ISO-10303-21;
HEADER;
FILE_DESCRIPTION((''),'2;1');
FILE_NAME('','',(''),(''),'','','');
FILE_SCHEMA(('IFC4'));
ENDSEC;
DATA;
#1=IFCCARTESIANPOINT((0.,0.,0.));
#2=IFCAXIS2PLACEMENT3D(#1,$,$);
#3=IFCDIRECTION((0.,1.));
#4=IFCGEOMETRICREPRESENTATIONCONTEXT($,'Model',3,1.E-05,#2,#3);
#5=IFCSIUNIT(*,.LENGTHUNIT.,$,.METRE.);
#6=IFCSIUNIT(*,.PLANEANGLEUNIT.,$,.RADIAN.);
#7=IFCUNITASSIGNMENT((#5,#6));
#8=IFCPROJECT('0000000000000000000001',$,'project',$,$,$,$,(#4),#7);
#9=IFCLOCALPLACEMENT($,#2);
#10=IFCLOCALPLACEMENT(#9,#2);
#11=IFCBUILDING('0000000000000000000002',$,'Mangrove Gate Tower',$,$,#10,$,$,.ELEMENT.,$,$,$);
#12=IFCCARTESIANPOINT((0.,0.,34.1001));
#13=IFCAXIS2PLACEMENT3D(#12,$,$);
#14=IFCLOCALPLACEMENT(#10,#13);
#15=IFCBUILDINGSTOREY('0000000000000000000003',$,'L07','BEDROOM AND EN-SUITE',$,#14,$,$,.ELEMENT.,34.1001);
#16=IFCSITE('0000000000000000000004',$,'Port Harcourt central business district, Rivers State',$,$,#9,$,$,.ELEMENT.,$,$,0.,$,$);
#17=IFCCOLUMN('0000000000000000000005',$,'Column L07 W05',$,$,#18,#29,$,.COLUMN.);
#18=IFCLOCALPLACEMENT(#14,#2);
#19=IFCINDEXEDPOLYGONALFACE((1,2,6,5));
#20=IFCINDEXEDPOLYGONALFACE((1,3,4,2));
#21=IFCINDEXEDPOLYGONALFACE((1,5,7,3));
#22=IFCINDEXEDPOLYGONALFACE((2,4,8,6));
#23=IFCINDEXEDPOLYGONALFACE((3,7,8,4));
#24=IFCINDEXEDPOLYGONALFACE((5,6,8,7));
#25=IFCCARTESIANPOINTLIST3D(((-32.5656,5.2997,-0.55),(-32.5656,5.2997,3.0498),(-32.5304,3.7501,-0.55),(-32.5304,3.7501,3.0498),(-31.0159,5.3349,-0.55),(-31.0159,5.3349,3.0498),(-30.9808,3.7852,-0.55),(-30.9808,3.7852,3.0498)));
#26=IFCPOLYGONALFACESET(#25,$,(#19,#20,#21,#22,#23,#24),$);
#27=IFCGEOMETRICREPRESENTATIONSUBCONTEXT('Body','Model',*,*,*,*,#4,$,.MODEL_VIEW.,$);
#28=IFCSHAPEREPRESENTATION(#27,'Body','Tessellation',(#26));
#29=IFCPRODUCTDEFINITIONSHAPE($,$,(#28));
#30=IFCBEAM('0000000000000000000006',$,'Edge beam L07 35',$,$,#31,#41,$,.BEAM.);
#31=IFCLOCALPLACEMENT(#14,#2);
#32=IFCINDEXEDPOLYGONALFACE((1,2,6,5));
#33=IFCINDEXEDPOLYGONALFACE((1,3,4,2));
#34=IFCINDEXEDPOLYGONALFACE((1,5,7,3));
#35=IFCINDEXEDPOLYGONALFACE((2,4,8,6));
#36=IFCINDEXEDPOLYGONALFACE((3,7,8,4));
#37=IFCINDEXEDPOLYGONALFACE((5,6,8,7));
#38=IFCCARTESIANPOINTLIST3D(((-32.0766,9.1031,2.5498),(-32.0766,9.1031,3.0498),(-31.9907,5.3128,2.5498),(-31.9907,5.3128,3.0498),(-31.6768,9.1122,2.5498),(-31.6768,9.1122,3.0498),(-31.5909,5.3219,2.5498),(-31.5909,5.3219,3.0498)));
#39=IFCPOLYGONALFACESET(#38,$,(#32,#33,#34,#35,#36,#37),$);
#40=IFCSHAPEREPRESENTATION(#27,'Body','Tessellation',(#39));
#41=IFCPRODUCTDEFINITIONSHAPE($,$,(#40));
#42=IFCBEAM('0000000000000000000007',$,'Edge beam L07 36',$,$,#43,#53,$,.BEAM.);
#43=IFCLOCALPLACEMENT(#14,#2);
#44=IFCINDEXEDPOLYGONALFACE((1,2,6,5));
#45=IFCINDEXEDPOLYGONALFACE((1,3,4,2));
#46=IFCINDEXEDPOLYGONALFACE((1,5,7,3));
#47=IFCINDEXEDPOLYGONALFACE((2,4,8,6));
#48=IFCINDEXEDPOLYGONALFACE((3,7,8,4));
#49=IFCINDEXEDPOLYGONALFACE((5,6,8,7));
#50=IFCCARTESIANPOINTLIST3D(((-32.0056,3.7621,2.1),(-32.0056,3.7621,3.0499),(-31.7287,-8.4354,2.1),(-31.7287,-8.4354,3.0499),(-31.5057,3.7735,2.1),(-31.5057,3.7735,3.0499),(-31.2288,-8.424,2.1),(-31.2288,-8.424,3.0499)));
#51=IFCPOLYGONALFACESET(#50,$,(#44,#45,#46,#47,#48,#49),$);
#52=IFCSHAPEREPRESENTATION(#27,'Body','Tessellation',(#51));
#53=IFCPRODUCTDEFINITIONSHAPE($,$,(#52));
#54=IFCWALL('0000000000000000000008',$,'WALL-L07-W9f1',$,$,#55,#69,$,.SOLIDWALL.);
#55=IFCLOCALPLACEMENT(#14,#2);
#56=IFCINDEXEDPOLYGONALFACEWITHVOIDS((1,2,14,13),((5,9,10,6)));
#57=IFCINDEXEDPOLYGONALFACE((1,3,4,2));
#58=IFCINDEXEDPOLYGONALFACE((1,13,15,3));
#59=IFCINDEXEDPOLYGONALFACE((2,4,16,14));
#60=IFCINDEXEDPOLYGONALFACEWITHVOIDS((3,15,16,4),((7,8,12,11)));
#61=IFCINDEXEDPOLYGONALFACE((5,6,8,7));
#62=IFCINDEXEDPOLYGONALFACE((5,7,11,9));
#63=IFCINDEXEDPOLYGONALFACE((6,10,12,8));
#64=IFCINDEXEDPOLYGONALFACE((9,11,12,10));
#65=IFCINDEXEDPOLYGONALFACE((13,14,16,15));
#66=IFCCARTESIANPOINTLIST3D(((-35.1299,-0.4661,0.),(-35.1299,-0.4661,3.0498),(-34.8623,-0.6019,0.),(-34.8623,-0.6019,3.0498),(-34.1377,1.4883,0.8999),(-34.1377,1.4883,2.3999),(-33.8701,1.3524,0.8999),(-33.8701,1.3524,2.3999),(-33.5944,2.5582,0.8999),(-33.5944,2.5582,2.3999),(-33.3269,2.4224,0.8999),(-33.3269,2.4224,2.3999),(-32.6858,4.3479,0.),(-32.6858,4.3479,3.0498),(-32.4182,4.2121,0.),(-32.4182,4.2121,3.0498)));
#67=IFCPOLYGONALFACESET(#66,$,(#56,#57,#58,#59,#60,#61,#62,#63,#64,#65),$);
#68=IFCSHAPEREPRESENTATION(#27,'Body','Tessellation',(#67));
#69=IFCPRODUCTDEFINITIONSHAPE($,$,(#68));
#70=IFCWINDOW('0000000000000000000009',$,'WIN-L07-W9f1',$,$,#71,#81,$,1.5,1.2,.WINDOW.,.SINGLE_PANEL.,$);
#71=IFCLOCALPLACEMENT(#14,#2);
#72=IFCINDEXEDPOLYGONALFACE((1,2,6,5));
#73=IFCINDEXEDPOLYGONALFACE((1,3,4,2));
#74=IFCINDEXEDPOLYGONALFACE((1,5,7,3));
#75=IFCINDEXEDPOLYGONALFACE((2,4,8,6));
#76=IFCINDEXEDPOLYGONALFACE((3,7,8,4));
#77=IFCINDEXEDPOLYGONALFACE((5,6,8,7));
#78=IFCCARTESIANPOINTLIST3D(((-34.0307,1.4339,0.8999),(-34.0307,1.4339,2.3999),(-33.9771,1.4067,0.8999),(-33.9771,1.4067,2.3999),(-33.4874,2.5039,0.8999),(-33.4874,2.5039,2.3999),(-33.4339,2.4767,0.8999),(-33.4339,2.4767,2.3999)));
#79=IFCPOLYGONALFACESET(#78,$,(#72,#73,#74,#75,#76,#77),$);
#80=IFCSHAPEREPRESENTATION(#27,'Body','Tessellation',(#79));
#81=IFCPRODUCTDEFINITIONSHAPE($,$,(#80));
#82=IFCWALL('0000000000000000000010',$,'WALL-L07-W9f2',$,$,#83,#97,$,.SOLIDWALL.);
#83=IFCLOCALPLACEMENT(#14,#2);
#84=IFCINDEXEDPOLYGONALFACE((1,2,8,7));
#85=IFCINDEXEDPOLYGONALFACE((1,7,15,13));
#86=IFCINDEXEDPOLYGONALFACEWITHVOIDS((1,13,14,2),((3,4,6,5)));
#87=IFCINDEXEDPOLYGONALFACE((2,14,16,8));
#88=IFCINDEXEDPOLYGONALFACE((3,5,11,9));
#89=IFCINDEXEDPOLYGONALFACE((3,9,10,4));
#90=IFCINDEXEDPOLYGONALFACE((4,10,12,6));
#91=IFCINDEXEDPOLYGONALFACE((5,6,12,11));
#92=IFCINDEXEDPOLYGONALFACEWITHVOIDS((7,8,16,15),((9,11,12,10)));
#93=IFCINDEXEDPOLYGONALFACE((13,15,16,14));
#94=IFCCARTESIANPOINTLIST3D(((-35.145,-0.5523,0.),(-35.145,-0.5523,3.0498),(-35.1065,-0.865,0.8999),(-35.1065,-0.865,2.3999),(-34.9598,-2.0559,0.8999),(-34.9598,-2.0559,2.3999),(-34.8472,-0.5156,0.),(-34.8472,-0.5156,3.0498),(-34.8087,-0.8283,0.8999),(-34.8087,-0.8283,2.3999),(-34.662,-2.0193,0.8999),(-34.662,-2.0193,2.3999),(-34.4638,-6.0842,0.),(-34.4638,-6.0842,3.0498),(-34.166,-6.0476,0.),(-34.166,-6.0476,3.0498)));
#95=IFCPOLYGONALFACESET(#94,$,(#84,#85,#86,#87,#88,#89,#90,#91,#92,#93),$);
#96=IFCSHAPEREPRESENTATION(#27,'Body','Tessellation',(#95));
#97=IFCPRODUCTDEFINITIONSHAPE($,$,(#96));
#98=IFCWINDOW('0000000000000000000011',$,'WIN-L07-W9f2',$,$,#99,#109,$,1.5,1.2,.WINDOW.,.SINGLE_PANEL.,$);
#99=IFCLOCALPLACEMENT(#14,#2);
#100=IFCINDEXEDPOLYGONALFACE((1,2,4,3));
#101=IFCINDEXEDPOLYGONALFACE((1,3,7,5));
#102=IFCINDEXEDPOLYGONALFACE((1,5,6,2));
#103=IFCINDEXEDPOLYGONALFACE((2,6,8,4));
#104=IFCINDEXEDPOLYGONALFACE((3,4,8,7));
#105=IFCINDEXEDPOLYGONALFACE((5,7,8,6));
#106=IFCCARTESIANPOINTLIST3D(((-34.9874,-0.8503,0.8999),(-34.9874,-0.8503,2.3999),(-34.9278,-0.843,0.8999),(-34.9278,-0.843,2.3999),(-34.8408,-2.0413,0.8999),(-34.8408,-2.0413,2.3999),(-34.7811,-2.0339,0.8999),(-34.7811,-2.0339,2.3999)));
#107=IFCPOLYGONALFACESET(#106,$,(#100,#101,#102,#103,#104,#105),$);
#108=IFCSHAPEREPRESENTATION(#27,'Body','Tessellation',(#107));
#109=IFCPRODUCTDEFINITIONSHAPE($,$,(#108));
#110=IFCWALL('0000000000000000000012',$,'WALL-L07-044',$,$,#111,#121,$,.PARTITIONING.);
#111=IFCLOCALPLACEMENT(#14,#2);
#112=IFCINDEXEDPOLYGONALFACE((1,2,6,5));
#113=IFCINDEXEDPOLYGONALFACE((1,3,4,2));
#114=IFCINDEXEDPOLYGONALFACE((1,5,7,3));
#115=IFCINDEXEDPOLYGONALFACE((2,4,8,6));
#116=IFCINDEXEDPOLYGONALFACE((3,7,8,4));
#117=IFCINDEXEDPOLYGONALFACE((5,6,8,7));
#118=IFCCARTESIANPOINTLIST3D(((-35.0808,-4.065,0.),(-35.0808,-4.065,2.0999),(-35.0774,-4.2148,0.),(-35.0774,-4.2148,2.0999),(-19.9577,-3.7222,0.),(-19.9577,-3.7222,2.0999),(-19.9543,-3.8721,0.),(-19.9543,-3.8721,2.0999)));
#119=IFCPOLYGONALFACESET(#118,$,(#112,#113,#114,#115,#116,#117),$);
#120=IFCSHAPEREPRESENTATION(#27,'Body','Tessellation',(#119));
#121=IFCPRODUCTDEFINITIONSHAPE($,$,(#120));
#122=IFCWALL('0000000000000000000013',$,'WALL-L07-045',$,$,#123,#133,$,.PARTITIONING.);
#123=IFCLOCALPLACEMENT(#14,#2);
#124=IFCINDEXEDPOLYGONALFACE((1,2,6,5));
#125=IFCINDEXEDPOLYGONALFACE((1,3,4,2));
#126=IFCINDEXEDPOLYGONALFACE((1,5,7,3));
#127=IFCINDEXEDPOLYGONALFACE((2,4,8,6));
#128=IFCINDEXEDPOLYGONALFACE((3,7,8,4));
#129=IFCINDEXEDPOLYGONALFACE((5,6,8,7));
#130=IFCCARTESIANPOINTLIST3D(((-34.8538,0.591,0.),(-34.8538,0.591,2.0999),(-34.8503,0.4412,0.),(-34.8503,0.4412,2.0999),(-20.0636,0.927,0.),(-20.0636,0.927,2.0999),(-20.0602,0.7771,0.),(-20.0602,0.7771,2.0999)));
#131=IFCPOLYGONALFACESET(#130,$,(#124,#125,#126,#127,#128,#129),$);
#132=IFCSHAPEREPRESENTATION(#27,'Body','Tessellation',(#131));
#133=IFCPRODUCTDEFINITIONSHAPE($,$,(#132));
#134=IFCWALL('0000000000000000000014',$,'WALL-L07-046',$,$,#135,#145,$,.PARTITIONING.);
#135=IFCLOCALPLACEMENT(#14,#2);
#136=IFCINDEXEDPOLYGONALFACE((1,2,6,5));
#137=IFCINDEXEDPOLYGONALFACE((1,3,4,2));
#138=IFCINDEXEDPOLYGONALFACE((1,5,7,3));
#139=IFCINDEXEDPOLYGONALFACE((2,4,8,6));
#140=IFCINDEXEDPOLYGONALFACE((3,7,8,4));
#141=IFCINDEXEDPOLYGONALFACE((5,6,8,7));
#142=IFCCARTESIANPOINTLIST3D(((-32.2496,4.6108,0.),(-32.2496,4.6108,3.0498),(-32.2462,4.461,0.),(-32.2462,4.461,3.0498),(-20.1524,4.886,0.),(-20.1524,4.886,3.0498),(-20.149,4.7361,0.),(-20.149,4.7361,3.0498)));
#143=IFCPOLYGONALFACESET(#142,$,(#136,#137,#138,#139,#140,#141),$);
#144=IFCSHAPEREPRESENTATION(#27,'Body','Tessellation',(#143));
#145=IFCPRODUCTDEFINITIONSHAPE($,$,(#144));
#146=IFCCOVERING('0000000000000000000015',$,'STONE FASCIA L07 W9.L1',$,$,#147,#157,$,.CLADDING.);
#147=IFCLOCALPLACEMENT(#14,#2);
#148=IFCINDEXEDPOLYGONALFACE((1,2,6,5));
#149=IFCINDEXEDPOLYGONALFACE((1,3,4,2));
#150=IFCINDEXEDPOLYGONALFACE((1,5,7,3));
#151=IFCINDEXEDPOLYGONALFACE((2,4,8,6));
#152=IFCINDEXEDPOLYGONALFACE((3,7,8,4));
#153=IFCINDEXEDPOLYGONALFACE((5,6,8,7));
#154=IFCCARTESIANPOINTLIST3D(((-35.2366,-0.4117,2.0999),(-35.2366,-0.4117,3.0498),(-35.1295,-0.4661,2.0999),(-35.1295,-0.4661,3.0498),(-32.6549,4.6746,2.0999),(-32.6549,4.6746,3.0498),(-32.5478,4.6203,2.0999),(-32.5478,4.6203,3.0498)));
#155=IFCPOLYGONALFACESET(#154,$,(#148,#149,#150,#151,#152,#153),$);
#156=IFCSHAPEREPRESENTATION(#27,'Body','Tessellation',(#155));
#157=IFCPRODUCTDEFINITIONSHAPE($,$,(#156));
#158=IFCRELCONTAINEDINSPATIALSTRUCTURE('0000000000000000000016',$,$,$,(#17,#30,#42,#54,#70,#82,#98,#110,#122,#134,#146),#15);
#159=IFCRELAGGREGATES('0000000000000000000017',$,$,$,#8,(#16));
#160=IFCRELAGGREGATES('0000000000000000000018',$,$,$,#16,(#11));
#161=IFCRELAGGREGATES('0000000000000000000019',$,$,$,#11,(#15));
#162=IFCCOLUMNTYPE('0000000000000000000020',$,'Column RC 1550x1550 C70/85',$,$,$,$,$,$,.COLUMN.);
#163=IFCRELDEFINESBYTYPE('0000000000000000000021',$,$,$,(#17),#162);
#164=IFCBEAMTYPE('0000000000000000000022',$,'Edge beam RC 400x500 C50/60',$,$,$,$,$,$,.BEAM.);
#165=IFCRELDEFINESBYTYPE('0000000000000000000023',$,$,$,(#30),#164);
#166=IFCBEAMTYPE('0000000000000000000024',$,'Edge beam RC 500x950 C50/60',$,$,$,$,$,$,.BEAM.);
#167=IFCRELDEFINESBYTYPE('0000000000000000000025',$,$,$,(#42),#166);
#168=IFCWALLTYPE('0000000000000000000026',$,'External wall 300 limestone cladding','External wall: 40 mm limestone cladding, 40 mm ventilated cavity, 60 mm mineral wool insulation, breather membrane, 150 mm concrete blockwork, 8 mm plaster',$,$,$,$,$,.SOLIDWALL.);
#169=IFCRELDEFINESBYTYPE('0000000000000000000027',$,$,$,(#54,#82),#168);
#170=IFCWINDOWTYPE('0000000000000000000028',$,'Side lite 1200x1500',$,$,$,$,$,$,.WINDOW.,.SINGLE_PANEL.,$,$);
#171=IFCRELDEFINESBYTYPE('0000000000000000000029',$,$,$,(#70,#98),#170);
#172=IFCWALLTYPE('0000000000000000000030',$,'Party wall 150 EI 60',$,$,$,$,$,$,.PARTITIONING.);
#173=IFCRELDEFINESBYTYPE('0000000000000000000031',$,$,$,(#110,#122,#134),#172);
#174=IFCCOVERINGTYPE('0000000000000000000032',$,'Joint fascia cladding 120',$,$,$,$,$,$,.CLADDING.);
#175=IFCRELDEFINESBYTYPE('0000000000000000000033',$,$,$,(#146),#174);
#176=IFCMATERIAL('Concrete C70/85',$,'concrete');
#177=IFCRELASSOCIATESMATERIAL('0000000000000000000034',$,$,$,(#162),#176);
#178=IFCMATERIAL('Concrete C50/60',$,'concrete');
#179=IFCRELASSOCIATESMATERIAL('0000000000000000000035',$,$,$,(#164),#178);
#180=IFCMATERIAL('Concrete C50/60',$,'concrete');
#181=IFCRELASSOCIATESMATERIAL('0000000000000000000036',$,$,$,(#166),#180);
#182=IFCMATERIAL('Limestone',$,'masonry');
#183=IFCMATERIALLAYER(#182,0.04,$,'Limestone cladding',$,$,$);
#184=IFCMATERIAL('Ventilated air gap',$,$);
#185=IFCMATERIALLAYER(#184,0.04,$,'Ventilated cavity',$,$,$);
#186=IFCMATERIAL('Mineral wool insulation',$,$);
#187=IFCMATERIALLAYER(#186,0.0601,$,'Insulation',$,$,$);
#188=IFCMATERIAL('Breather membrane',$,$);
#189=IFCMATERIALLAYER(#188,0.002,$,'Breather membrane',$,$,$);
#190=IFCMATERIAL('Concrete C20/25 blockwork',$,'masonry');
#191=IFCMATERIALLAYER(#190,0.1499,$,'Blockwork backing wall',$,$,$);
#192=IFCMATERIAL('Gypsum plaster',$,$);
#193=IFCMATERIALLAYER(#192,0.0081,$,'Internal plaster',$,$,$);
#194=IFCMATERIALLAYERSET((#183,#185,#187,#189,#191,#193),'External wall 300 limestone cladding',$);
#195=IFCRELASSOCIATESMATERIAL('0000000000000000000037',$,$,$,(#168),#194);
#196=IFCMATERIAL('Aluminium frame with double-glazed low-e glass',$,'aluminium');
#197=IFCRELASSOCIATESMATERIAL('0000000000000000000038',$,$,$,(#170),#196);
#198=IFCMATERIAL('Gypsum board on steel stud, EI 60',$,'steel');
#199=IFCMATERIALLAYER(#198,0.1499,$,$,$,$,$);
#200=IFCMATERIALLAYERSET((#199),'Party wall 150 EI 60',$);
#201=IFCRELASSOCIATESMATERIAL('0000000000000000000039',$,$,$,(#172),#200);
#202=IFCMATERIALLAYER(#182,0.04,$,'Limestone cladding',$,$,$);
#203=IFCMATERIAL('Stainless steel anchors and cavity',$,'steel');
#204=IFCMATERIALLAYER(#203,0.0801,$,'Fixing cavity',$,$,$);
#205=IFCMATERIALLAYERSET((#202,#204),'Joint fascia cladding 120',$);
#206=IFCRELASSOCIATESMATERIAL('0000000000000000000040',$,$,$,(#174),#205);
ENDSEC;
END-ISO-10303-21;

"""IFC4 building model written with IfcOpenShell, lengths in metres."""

from ifc_helpers import new_model, si_unit, direction, frame, frame_2d, origin, origin_2d, place, context, subcontext, project, spatial, rectangle, extrude, material, layer, layer_set, material_profile, profile_set, type_object, element, fill, save


model = new_model("IFC4")

# Units and contexts
model_context = context("Model", 3, precision=1e-05, world=origin(), true_north=direction((0.0, 1.0)))
body_context = subcontext(model_context, "Body", "Model", "MODEL_VIEW")
ifc_project = project(units=[si_unit("LENGTHUNIT", "METRE"), si_unit("PLANEANGLEUNIT", "RADIAN")], contexts=[model_context])

# Site, building, storey
site_placement = place(None, origin())
site = spatial("IfcSite", under=ifc_project, at=site_placement, Name="Port Harcourt central business district, Rivers State", CompositionType="ELEMENT", RefElevation=0.0)
building_placement = place(site_placement, origin())
building = spatial("IfcBuilding", under=site, at=building_placement, Name="Mangrove Gate Tower", CompositionType="ELEMENT")
storey_placement = place(building_placement, frame((0.0, 0.0, 34.1001)))
storey = spatial("IfcBuildingStorey", under=building, at=storey_placement, Name="L07", Description="BEDROOM AND EN-SUITE", CompositionType="ELEMENT", Elevation=34.1001)

# Column
ifc_material_1 = material(Name="Concrete C70/85", Category="concrete")
ifc_material_profile_1 = material_profile(ifc_material_1, rectangle(XDim=1.55, YDim=1.55, at=origin_2d()))
ifc_profile_set_1 = profile_set([ifc_material_profile_1], Name="Concrete C70/85")
column_type = type_object("IfcColumnType", Name="Column RC 1550x1550 C70/85", PredefinedType="COLUMN", material=ifc_profile_set_1)
column_placement = place(storey_placement, frame((-31.7732, 4.5425, -0.55), z_axis=(0.0, 0.0, 1.0), x_axis=(0.02268, -0.999743, 0.0)))
element("IfcColumn", 1, at=column_placement, inside=storey, type_object=column_type, Name="Column L07 W05", PredefinedType="COLUMN", context=body_context, shape_type="SweptSolid", body=[
    extrude(rectangle(XDim=1.55, YDim=1.55, at=origin_2d()), origin(), (0.0, 0.0, 1.0), 3.5999),
])

# Beams
ifc_material_2 = material(Name="Concrete C50/60", Category="concrete")
ifc_material_profile_2 = material_profile(ifc_material_2, rectangle(XDim=0.3999, YDim=0.5, at=origin_2d()))
ifc_profile_set_2 = profile_set([ifc_material_profile_2], Name="Concrete C50/60")
beam_type_1 = type_object("IfcBeamType", Name="Edge beam RC 400x500 C50/60", PredefinedType="BEAM", material=ifc_profile_set_2)
beam_1_placement = place(storey_placement, frame((-31.8767, 9.1077, 2.7998), z_axis=(0.022667, -0.999743, 0.0), x_axis=(0.999743, 0.022667, 0.0)))
element("IfcBeam", 2, at=beam_1_placement, inside=storey, type_object=beam_type_1, Name="Edge beam L07 35", PredefinedType="BEAM", context=body_context, shape_type="SweptSolid", body=[
    extrude(rectangle(XDim=0.3999, YDim=0.5, at=origin_2d()), origin(), (0.0, 0.0, 1.0), 3.7913),
])
ifc_material_3 = material(Name="Concrete C50/60", Category="concrete")
ifc_material_profile_3 = material_profile(ifc_material_3, rectangle(XDim=0.5, YDim=0.95, at=origin_2d()))
ifc_profile_set_3 = profile_set([ifc_material_profile_3], Name="Concrete C50/60")
beam_type_2 = type_object("IfcBeamType", Name="Edge beam RC 500x950 C50/60", PredefinedType="BEAM", material=ifc_profile_set_3)
beam_2_placement = place(storey_placement, frame((-31.7556, 3.7678, 2.575), z_axis=(0.022692, -0.999743, 0.0), x_axis=(0.999743, 0.022692, 0.0)))
element("IfcBeam", 3, at=beam_2_placement, inside=storey, type_object=beam_type_2, Name="Edge beam L07 36", PredefinedType="BEAM", context=body_context, shape_type="SweptSolid", body=[
    extrude(rectangle(XDim=0.5, YDim=0.95, at=origin_2d()), origin(), (0.0, 0.0, 1.0), 12.2007),
])

# Walls, openings, windows
ifc_material_4 = material(Name="Limestone", Category="masonry")
ifc_layer_1 = layer(ifc_material_4, 0.04, Name="Limestone cladding")
ifc_material_5 = material(Name="Ventilated air gap")
ifc_layer_2 = layer(ifc_material_5, 0.04, Name="Ventilated cavity")
ifc_material_6 = material(Name="Mineral wool insulation")
ifc_layer_3 = layer(ifc_material_6, 0.0601, Name="Insulation")
ifc_material_7 = material(Name="Breather membrane")
ifc_layer_4 = layer(ifc_material_7, 0.002, Name="Breather membrane")
ifc_material_8 = material(Name="Concrete C20/25 blockwork", Category="masonry")
ifc_layer_5 = layer(ifc_material_8, 0.1499, Name="Blockwork backing wall")
ifc_material_9 = material(Name="Gypsum plaster")
ifc_layer_6 = layer(ifc_material_9, 0.0081, Name="Internal plaster")
ifc_layer_set_1 = layer_set([ifc_layer_1, ifc_layer_2, ifc_layer_3, ifc_layer_4, ifc_layer_5, ifc_layer_6], Name="External wall 300 limestone cladding")
wall_type_1 = type_object("IfcWallType", Name="External wall 300 limestone cladding", Description="External wall: 40 mm limestone cladding, 40 mm ventilated cavity, 60 mm mineral wool insulation, breather membrane, 150 mm concrete blockwork, 8 mm plaster", PredefinedType="SOLIDWALL", material=ifc_layer_set_1)
wall_1_placement = place(storey_placement, frame((-32.552, 4.28, 0.0), z_axis=(0.0, 0.0, 1.0), x_axis=(-0.452704, -0.891661, 0.0)))
wall_1 = element("IfcWall", 4, at=wall_1_placement, inside=storey, type_object=wall_type_1, Name="WALL-L07-W9f1", PredefinedType="SOLIDWALL", context=body_context, shape_type="SweptSolid", body=[
    extrude(rectangle(XDim=5.3989, YDim=0.3, at=frame_2d((2.6995, 0.0))), origin(), (0.0, 0.0, 1.0), 3.0498),
])
opening_1_placement = place(wall_1_placement, frame((2.0071, 0.0, 0.8999)))
opening_1 = element("IfcOpeningElement", 5, at=opening_1_placement, cuts=wall_1, PredefinedType="OPENING", context=body_context, shape_type="SweptSolid", body=[
    extrude(rectangle(XDim=1.2, YDim=1.5, at=frame_2d((0.6001, 0.75))), frame((0.0, 0.1599, 0.0), z_axis=(0.0, -1.0, 0.0), x_axis=(1.0, 0.0, 0.0)), (0.0, 0.0, 1.0), 0.3201),
])
ifc_material_10 = material(Name="Aluminium frame with double-glazed low-e glass", Category="aluminium")
window_type = type_object("IfcWindowType", Name="Side lite 1200x1500", PartitioningType="SINGLE_PANEL", PredefinedType="WINDOW", material=ifc_material_10)
window_1_placement = place(opening_1_placement, origin())
window_1 = element("IfcWindow", 6, at=window_1_placement, inside=storey, type_object=window_type, Name="WIN-L07-W9f1", OverallHeight=1.5, OverallWidth=1.2, PartitioningType="SINGLE_PANEL", PredefinedType="WINDOW", context=body_context, shape_type="SweptSolid", body=[
    extrude(rectangle(XDim=1.2, YDim=1.5, at=frame_2d((0.6001, 0.75))), frame((0.0, 0.03, 0.0), z_axis=(0.0, -1.0, 0.0), x_axis=(1.0, 0.0, 0.0)), (0.0, 0.0, 1.0), 0.0601),
])
fill(opening_1, window_1)
wall_2_placement = place(storey_placement, frame((-34.9961, -0.5339, 0.0), z_axis=(0.0, 0.0, 1.0), x_axis=(0.122207, -0.992505, 0.0)))
wall_2 = element("IfcWall", 7, at=wall_2_placement, inside=storey, type_object=wall_type_1, Name="WALL-L07-W9f2", PredefinedType="SOLIDWALL", context=body_context, shape_type="SweptSolid", body=[
    extrude(rectangle(XDim=5.5737, YDim=0.3, at=frame_2d((2.7869, 0.0))), origin(), (0.0, 0.0, 1.0), 3.0498),
])
opening_2_placement = place(wall_2_placement, frame((0.3149, 0.0, 0.8999)))
opening_2 = element("IfcOpeningElement", 8, at=opening_2_placement, cuts=wall_2, PredefinedType="OPENING", context=body_context, shape_type="SweptSolid", body=[
    extrude(rectangle(XDim=1.2, YDim=1.5, at=frame_2d((0.6001, 0.75))), frame((0.0, 0.1599, 0.0), z_axis=(0.0, -1.0, 0.0), x_axis=(1.0, 0.0, 0.0)), (0.0, 0.0, 1.0), 0.3201),
])
window_2_placement = place(opening_2_placement, origin())
window_2 = element("IfcWindow", 9, at=window_2_placement, inside=storey, type_object=window_type, Name="WIN-L07-W9f2", OverallHeight=1.5, OverallWidth=1.2, PartitioningType="SINGLE_PANEL", PredefinedType="WINDOW", context=body_context, shape_type="SweptSolid", body=[
    extrude(rectangle(XDim=1.2, YDim=1.5, at=frame_2d((0.6001, 0.75))), frame((0.0, 0.03, 0.0), z_axis=(0.0, -1.0, 0.0), x_axis=(1.0, 0.0, 0.0)), (0.0, 0.0, 1.0), 0.0601),
])
fill(opening_2, window_2)

# Walls
ifc_material_11 = material(Name="Gypsum board on steel stud, EI 60", Category="steel")
ifc_layer_7 = layer(ifc_material_11, 0.1499)
ifc_layer_set_2 = layer_set([ifc_layer_7], Name="Party wall 150 EI 60")
wall_type_2 = type_object("IfcWallType", Name="Party wall 150 EI 60", PredefinedType="PARTITIONING", material=ifc_layer_set_2)
wall_3_placement = place(storey_placement, frame((-35.0791, -4.1399, 0.0), z_axis=(0.0, 0.0, 1.0), x_axis=(0.999743, 0.02266, 0.0)))
element("IfcWall", 10, at=wall_3_placement, inside=storey, type_object=wall_type_2, Name="WALL-L07-044", PredefinedType="PARTITIONING", context=body_context, shape_type="SweptSolid", body=[
    extrude(rectangle(XDim=15.127, YDim=0.1499, at=frame_2d((7.5635, 0.0))), origin(), (0.0, 0.0, 1.0), 2.0999),
])
wall_4_placement = place(storey_placement, frame((-34.8521, 0.5161, 0.0), z_axis=(0.0, 0.0, 1.0), x_axis=(0.999742, 0.022708, 0.0)))
element("IfcWall", 11, at=wall_4_placement, inside=storey, type_object=wall_type_2, Name="WALL-L07-045", PredefinedType="PARTITIONING", context=body_context, shape_type="SweptSolid", body=[
    extrude(rectangle(XDim=14.7939, YDim=0.1499, at=frame_2d((7.397, 0.0))), origin(), (0.0, 0.0, 1.0), 2.0999),
])
wall_5_placement = place(storey_placement, frame((-32.248, 4.5359, 0.0), z_axis=(0.0, 0.0, 1.0), x_axis=(0.999741, 0.022739, 0.0)))
element("IfcWall", 12, at=wall_5_placement, inside=storey, type_object=wall_type_2, Name="WALL-L07-046", PredefinedType="PARTITIONING", context=body_context, shape_type="SweptSolid", body=[
    extrude(rectangle(XDim=12.1003, YDim=0.1499, at=frame_2d((6.0503, 0.0))), origin(), (0.0, 0.0, 1.0), 3.0498),
])

# Covering
ifc_layer_8 = layer(ifc_material_4, 0.04, Name="Limestone cladding")
ifc_material_12 = material(Name="Stainless steel anchors and cavity", Category="steel")
ifc_layer_9 = layer(ifc_material_12, 0.0801, Name="Fixing cavity")
ifc_layer_set_3 = layer_set([ifc_layer_8, ifc_layer_9], Name="Joint fascia cladding 120")
covering_type = type_object("IfcCoveringType", Name="Joint fascia cladding 120", PredefinedType="CLADDING", material=ifc_layer_set_3)
covering_placement = place(storey_placement, frame((-32.6013, 4.6475, 2.0999), z_axis=(0.0, 0.0, 1.0), x_axis=(-0.452615, -0.891706, 0.0)))
element("IfcCovering", 13, at=covering_placement, inside=storey, type_object=covering_type, Name="STONE FASCIA L07 W9.L1", PredefinedType="CLADDING", context=body_context, shape_type="SweptSolid", body=[
    extrude(rectangle(XDim=5.7041, YDim=0.1201, at=frame_2d((2.8521, 0.0))), origin(), (0.0, 0.0, 1.0), 0.95),
])

save(model, "model.ifc")
